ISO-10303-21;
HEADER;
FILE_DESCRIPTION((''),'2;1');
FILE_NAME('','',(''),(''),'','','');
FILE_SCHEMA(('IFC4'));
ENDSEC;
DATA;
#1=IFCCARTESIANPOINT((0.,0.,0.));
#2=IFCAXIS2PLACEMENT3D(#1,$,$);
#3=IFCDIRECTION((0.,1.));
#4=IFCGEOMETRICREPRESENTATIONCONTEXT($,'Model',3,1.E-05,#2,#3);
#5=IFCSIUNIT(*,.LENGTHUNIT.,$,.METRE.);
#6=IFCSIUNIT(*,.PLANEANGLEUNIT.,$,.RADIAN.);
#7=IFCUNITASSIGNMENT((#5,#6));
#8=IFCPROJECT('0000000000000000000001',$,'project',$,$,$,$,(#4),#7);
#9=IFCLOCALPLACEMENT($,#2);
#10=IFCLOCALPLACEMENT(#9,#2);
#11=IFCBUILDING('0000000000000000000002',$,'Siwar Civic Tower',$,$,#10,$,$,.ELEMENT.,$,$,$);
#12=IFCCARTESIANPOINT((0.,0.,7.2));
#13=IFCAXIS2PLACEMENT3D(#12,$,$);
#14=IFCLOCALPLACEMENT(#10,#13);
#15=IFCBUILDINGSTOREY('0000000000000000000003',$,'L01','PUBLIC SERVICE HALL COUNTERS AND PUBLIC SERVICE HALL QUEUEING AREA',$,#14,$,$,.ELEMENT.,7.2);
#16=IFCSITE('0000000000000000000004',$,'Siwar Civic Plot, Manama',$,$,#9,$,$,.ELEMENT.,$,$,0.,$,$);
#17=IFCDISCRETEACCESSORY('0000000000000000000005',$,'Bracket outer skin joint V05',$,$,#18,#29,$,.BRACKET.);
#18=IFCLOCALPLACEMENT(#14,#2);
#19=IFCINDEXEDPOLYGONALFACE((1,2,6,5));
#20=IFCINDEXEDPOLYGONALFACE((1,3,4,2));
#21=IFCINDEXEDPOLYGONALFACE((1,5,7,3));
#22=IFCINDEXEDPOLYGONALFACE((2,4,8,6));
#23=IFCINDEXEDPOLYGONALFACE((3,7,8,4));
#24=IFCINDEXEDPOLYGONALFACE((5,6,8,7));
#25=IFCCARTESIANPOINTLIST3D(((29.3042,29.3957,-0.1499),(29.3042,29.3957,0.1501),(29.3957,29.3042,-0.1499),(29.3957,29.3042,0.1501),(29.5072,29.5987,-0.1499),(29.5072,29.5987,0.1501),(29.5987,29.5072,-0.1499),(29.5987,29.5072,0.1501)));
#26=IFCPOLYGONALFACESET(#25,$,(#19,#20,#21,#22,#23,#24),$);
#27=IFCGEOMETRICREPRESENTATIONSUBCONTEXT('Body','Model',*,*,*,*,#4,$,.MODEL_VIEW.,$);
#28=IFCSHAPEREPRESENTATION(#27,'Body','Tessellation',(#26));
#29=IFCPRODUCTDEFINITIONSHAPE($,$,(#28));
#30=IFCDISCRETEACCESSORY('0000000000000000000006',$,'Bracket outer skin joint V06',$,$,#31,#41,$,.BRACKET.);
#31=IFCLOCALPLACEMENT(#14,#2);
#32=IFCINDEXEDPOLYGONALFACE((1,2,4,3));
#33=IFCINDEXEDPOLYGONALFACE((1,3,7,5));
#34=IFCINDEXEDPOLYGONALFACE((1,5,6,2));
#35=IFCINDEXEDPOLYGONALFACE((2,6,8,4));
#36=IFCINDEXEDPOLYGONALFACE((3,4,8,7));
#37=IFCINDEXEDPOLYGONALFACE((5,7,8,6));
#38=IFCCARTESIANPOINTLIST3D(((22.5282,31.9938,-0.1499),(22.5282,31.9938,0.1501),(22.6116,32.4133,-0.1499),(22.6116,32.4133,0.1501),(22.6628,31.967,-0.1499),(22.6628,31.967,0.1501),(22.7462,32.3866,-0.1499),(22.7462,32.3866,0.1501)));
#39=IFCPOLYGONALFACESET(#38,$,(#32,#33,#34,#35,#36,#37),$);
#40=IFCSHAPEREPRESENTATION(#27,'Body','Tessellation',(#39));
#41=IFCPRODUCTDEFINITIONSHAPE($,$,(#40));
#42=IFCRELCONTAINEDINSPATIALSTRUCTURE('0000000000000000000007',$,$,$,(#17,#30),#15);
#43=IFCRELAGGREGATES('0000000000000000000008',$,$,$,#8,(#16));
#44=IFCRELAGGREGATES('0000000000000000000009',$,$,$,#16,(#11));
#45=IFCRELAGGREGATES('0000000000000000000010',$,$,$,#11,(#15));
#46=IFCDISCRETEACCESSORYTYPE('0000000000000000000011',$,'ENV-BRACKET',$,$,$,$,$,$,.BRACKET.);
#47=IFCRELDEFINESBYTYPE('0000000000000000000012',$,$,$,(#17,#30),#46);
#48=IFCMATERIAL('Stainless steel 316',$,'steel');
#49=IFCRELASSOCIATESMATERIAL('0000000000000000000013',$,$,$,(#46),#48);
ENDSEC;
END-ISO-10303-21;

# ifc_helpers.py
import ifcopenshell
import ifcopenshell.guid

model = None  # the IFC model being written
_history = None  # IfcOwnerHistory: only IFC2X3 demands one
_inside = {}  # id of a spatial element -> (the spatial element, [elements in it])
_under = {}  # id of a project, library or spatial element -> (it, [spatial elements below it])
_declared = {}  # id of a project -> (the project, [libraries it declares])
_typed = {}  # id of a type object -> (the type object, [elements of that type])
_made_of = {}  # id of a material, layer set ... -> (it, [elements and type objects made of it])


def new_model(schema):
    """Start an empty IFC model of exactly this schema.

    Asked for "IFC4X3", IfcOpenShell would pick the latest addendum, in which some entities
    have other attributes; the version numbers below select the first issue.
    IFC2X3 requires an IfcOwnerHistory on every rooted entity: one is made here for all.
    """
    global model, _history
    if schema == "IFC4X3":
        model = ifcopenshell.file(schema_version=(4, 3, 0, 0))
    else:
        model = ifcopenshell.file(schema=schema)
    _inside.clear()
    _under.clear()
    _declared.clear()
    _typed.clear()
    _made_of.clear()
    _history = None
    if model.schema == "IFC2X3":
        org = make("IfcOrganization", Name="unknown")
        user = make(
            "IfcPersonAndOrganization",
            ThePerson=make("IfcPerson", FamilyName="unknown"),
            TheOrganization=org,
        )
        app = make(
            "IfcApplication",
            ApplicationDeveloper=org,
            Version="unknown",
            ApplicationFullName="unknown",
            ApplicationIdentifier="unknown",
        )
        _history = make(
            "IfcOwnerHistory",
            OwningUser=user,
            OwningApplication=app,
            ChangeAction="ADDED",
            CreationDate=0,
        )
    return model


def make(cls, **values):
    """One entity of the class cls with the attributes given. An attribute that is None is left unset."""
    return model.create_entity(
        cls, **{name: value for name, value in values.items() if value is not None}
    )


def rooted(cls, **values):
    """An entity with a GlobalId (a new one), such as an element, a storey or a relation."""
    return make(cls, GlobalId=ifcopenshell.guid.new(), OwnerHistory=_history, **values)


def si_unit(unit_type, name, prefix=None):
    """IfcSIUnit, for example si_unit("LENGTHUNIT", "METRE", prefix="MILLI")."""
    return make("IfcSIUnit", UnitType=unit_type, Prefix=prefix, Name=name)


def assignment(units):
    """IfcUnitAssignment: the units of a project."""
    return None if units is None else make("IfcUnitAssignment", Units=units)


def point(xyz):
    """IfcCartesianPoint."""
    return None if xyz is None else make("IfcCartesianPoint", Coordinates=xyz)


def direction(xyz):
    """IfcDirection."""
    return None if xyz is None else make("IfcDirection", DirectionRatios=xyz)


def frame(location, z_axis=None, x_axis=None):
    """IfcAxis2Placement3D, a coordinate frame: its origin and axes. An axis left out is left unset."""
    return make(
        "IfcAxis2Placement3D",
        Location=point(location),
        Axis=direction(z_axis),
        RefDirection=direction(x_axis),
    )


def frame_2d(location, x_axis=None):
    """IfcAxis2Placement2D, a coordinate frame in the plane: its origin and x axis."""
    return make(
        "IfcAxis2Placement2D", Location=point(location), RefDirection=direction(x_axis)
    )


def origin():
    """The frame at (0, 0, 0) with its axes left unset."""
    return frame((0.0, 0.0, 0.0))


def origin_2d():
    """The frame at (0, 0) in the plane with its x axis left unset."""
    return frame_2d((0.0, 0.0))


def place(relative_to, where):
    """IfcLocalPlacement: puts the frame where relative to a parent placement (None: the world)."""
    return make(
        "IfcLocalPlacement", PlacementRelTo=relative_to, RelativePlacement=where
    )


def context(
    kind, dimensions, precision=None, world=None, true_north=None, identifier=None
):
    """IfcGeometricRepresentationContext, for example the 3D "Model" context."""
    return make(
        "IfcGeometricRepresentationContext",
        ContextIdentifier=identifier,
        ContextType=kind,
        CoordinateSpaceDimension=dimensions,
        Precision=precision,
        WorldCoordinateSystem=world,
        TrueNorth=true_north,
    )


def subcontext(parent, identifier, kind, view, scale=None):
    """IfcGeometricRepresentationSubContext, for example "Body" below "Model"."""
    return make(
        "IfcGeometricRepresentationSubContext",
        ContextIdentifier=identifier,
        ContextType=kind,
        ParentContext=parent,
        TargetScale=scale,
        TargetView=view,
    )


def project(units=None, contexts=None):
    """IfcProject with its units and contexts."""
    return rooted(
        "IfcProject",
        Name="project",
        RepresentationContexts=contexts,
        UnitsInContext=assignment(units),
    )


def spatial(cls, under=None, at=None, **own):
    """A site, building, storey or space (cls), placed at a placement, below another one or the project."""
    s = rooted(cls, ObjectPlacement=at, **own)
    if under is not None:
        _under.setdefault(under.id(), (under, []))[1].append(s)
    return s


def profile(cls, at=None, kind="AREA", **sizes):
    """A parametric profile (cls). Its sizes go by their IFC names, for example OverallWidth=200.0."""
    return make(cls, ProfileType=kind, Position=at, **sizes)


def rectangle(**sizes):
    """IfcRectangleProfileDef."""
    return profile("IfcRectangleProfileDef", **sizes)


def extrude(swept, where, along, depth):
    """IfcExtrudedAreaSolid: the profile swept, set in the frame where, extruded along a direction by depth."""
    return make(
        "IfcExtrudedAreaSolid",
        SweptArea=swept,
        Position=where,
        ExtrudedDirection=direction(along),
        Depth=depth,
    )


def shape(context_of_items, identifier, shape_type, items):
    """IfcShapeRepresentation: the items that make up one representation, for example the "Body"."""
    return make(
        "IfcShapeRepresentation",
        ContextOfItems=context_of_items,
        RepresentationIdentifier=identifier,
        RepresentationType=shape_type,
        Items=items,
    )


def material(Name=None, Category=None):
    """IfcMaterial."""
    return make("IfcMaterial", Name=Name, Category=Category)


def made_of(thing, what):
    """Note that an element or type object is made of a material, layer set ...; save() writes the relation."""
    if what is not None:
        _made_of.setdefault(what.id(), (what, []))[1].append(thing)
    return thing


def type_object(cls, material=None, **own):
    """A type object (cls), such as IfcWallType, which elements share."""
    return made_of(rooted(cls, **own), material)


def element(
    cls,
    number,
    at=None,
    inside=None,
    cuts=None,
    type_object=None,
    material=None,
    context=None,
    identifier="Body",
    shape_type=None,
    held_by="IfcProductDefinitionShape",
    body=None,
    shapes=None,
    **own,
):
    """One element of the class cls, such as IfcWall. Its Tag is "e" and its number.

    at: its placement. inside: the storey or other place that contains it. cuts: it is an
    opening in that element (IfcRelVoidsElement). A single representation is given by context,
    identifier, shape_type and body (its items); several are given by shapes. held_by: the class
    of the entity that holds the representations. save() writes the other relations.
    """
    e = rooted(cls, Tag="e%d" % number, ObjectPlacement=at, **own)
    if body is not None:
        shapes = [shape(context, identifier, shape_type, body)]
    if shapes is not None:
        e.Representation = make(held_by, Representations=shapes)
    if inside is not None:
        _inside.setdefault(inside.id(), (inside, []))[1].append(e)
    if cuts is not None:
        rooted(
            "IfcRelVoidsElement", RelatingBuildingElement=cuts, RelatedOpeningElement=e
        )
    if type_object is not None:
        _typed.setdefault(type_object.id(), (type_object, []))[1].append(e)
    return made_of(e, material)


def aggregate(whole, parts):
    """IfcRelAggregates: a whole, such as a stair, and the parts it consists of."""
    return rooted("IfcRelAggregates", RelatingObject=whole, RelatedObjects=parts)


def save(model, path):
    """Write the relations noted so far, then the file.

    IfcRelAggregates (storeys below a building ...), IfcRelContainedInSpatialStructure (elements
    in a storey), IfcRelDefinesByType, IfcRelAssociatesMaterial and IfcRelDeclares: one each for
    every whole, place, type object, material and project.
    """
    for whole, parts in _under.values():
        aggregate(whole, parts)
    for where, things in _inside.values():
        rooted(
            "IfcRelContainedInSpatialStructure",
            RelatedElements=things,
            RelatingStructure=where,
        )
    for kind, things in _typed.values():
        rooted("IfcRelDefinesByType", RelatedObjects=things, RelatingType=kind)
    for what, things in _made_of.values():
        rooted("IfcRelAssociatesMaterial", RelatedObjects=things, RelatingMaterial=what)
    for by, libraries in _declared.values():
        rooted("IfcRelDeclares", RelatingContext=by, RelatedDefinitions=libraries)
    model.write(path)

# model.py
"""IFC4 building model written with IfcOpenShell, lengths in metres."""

from ifc_helpers import new_model, si_unit, direction, frame, origin, origin_2d, place, context, subcontext, project, spatial, rectangle, extrude, material, type_object, element, save


model = new_model("IFC4")

# Units and contexts
model_context = context("Model", 3, precision=1e-05, world=origin(), true_north=direction((0.0, 1.0)))
body_context = subcontext(model_context, "Body", "Model", "MODEL_VIEW")
ifc_project = project(units=[si_unit("LENGTHUNIT", "METRE"), si_unit("PLANEANGLEUNIT", "RADIAN")], contexts=[model_context])

# Site, building, storey
site_placement = place(None, origin())
site = spatial("IfcSite", under=ifc_project, at=site_placement, Name="Siwar Civic Plot, Manama", CompositionType="ELEMENT", RefElevation=0.0)
building_placement = place(site_placement, origin())
building = spatial("IfcBuilding", under=site, at=building_placement, Name="Siwar Civic Tower", CompositionType="ELEMENT")
storey_placement = place(building_placement, frame((0.0, 0.0, 7.2)))
storey = spatial("IfcBuildingStorey", under=building, at=storey_placement, Name="L01", Description="PUBLIC SERVICE HALL COUNTERS AND PUBLIC SERVICE HALL QUEUEING AREA", CompositionType="ELEMENT", Elevation=7.2)

# Discrete accessories
ifc_material_1 = material(Name="Stainless steel 316", Category="steel")
discrete_accessory_type = type_object("IfcDiscreteAccessoryType", Name="ENV-BRACKET", PredefinedType="BRACKET", material=ifc_material_1)
discrete_accessory_1_placement = place(storey_placement, frame((29.4514, 29.4514, -0.1499), z_axis=(0.0, 0.0, 1.0), x_axis=(0.707107, 0.707107, 0.0)))
element("IfcDiscreteAccessory", 1, at=discrete_accessory_1_placement, inside=storey, type_object=discrete_accessory_type, Name="Bracket outer skin joint V05", PredefinedType="BRACKET", context=body_context, shape_type="SweptSolid", body=[
    extrude(rectangle(XDim=0.2871, YDim=0.1294, at=origin_2d()), origin(), (0.0, 0.0, 1.0), 0.3),
])
discrete_accessory_2_placement = place(storey_placement, frame((22.6372, 32.1902, -0.1499), z_axis=(0.0, 0.0, 1.0), x_axis=(0.19509, 0.980785, 0.0)))
element("IfcDiscreteAccessory", 2, at=discrete_accessory_2_placement, inside=storey, type_object=discrete_accessory_type, Name="Bracket outer skin joint V06", PredefinedType="BRACKET", context=body_context, shape_type="SweptSolid", body=[
    extrude(rectangle(XDim=0.4277, YDim=0.1372, at=origin_2d()), origin(), (0.0, 0.0, 1.0), 0.3),
])

save(model, "model.ifc")
